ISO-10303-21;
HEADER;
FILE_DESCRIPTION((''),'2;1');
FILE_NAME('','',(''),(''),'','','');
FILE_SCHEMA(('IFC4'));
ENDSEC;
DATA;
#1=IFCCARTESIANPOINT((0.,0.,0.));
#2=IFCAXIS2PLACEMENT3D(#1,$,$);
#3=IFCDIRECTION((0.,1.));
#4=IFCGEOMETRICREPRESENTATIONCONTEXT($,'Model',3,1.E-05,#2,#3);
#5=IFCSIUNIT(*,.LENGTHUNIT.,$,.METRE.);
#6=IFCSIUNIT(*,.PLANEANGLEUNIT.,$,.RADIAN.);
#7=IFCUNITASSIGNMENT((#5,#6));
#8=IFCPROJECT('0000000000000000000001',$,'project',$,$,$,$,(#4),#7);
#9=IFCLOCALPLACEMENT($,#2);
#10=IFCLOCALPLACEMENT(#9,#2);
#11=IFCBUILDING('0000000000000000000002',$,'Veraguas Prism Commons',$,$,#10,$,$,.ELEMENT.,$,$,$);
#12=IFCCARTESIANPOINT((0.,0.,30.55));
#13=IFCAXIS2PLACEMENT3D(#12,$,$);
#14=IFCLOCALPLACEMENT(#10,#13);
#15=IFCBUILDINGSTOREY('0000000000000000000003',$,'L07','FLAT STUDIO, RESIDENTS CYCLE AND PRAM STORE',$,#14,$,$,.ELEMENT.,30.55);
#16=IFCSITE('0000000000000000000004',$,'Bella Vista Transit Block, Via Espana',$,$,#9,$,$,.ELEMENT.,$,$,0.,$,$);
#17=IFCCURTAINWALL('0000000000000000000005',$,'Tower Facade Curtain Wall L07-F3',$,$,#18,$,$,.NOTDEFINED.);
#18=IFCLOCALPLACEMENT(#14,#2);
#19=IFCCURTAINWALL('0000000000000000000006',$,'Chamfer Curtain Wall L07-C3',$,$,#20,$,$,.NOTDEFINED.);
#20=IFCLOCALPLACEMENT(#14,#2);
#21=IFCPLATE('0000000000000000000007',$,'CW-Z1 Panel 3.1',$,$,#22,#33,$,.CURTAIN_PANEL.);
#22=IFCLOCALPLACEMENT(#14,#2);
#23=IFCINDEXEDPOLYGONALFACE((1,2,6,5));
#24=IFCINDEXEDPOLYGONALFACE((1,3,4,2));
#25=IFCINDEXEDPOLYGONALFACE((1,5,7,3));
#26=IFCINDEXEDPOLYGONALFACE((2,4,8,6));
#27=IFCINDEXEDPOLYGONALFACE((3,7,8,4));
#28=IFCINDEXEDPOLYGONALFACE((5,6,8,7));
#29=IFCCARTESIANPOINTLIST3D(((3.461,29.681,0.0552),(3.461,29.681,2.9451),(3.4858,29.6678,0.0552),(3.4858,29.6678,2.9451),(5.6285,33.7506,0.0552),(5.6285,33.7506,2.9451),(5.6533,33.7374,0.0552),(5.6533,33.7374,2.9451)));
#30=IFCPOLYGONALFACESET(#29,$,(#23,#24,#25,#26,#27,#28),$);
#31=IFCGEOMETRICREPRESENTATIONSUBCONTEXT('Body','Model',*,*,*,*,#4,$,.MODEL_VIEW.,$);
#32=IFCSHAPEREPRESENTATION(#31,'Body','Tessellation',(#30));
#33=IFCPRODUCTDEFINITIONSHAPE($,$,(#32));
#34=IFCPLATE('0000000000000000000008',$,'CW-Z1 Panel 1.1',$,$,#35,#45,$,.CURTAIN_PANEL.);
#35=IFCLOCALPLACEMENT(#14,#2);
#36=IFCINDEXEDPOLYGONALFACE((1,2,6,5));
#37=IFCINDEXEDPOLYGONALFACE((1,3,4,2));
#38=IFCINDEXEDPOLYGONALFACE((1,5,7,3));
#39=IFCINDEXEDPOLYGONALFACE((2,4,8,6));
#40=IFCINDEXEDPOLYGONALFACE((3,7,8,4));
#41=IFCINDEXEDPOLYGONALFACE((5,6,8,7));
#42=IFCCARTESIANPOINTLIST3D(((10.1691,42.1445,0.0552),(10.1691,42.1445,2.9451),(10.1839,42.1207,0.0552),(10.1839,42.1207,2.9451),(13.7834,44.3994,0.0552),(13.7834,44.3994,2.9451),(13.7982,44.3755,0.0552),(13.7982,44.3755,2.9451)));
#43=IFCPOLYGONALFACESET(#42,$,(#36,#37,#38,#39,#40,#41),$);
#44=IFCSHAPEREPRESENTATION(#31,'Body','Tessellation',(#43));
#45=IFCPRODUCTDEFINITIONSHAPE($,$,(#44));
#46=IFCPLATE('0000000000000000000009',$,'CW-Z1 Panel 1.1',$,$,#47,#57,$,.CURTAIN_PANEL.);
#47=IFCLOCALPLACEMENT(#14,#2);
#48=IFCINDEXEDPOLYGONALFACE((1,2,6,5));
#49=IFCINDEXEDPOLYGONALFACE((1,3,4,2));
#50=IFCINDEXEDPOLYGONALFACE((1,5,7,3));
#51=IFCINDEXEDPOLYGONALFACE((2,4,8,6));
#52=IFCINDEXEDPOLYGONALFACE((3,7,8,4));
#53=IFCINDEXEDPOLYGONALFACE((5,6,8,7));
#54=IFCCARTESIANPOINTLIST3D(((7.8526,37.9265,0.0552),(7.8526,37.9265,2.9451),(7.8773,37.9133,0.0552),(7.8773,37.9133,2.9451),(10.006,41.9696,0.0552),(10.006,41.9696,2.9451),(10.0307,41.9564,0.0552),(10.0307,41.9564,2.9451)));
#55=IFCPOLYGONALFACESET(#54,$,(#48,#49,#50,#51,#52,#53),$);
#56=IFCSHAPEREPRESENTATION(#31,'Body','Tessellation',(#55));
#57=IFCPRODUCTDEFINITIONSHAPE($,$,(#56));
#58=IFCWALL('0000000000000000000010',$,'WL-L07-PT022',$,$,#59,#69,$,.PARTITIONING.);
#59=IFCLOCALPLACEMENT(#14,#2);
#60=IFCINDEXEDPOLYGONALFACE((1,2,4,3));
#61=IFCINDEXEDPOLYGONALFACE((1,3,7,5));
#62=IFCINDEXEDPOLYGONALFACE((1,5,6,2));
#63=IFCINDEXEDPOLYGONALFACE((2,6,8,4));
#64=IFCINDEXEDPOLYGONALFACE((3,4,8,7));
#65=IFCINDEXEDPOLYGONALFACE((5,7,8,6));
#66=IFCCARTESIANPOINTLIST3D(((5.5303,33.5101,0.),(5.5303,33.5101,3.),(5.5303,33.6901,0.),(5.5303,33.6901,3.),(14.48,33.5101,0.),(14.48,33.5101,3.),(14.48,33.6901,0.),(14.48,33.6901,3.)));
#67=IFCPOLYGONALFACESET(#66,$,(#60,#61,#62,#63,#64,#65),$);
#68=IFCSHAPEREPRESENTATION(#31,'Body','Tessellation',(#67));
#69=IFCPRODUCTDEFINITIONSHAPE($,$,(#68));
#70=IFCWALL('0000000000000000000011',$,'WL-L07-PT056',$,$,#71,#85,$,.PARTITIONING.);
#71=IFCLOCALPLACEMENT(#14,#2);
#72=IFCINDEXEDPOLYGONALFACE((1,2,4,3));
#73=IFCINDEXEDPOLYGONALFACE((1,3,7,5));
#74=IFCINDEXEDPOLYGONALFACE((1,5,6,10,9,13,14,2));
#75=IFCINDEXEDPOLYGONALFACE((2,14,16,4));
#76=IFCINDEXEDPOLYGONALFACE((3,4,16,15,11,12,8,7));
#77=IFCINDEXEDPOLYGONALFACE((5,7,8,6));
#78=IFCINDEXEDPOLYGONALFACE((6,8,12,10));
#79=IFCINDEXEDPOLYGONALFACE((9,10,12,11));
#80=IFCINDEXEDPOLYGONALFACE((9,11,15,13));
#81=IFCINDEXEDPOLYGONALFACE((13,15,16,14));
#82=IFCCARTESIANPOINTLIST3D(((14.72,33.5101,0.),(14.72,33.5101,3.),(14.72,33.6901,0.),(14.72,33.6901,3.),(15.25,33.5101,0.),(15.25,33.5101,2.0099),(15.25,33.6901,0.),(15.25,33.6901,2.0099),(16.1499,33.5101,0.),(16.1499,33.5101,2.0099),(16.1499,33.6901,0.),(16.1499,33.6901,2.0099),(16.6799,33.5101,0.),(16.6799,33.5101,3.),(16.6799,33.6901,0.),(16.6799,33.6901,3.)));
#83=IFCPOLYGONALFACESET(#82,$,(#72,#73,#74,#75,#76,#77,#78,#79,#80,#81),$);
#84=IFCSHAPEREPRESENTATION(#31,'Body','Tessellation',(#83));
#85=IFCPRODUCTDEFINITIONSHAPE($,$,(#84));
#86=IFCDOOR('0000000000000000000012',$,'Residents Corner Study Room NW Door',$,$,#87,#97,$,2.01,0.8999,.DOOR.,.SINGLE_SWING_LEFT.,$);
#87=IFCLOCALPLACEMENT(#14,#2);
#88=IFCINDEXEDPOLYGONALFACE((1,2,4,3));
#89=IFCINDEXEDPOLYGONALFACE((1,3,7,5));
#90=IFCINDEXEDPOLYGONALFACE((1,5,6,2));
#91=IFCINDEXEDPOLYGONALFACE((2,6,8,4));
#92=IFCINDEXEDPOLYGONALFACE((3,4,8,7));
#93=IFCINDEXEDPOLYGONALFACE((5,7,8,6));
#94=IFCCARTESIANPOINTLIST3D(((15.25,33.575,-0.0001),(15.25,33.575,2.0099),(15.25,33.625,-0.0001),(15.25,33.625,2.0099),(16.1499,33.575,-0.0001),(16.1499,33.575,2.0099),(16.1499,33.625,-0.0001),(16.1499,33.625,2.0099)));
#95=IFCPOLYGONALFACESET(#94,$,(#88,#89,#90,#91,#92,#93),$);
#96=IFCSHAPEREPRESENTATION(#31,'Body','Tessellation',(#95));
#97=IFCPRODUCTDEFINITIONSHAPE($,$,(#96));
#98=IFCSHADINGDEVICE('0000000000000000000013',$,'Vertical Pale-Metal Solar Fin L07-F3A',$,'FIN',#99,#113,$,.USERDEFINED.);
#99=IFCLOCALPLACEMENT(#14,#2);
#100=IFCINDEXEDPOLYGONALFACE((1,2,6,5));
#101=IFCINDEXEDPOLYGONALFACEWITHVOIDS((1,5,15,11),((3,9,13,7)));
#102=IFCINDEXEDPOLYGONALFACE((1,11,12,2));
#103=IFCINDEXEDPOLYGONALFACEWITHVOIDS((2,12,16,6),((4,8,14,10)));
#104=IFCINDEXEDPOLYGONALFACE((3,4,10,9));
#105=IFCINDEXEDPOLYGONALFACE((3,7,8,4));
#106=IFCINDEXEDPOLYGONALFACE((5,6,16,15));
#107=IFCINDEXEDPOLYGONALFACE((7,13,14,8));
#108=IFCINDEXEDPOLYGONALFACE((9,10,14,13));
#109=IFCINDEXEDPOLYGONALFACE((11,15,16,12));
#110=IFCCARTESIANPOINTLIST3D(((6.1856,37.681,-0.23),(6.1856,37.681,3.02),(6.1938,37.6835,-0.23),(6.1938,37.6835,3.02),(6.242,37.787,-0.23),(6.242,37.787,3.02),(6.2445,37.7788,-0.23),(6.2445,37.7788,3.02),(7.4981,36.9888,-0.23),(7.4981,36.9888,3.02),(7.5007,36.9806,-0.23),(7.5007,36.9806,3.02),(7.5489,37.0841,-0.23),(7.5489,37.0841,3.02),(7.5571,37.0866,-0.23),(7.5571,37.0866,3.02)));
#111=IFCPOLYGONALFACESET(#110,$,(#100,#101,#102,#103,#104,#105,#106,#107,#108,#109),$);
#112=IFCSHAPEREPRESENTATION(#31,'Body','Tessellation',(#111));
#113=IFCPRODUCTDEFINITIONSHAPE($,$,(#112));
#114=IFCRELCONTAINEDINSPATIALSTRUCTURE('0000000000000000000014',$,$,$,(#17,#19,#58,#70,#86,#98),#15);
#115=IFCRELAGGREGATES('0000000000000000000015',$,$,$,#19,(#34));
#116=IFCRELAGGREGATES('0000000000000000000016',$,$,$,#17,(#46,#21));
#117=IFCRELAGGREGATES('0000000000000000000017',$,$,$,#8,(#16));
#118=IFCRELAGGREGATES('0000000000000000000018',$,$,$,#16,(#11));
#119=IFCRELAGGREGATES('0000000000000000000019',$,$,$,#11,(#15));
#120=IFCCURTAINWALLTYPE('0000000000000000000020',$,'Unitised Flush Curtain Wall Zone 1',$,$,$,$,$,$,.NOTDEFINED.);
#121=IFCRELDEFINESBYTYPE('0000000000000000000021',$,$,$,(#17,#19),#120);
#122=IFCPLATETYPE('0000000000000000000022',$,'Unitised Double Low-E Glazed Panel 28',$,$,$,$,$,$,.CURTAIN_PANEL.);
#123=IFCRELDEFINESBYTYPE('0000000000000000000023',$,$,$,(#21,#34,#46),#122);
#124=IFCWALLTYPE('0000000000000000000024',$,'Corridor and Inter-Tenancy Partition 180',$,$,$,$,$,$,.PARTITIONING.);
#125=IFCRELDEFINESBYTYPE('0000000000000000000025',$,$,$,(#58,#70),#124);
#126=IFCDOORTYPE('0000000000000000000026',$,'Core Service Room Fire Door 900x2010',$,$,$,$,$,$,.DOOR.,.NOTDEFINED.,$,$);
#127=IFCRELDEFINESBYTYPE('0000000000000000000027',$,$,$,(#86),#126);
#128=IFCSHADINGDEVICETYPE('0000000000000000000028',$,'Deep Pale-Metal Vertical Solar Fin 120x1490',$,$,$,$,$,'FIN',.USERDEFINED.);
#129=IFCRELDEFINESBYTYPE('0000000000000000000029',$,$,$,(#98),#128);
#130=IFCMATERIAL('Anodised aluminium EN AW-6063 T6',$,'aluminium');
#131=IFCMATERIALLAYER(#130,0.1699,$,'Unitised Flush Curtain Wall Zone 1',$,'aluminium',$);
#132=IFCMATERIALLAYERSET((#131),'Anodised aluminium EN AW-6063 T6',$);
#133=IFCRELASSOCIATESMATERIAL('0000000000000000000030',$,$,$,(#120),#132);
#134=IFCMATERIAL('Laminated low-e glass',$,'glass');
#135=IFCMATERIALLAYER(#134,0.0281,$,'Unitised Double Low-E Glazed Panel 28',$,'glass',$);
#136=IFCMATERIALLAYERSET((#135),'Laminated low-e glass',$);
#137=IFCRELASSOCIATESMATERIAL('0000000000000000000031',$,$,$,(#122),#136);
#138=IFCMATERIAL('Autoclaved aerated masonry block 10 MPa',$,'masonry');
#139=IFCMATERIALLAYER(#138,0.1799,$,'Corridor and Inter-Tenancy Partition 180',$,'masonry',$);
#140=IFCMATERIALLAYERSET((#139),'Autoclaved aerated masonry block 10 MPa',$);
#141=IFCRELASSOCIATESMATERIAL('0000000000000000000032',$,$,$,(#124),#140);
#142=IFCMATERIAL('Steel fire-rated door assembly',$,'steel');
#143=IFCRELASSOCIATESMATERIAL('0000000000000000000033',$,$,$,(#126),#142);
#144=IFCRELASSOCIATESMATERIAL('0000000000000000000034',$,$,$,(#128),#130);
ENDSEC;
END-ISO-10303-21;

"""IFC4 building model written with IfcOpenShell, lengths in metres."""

from ifc_helpers import new_model, si_unit, direction, frame, frame_2d, origin, origin_2d, place, context, subcontext, project, spatial, rectangle, hollow_rectangle, extrude, source, transform, mapped, material, layer, layer_set, material_profile, profile_set, type_object, element, fill, aggregate, save


model = new_model("IFC4")

# Units and contexts
model_context = context("Model", 3, precision=1e-05, world=origin(), true_north=direction((0.0, 1.0)))
body_context = subcontext(model_context, "Body", "Model", "MODEL_VIEW")
ifc_project = project(units=[si_unit("LENGTHUNIT", "METRE"), si_unit("PLANEANGLEUNIT", "RADIAN")], contexts=[model_context])

# Site, building, storey
site_placement = place(None, origin())
site = spatial("IfcSite", under=ifc_project, at=site_placement, Name="Bella Vista Transit Block, Via Espana", CompositionType="ELEMENT", RefElevation=0.0)
building_placement = place(site_placement, origin())
building = spatial("IfcBuilding", under=site, at=building_placement, Name="Veraguas Prism Commons", CompositionType="ELEMENT")
storey_placement = place(building_placement, frame((0.0, 0.0, 30.55)))
storey = spatial("IfcBuildingStorey", under=building, at=storey_placement, Name="L07", Description="FLAT STUDIO, RESIDENTS CYCLE AND PRAM STORE", CompositionType="ELEMENT", Elevation=30.55)

# Curtain wall
ifc_material_1 = material(Name="Anodised aluminium EN AW-6063 T6", Category="aluminium")
ifc_layer_1 = layer(ifc_material_1, 0.1699, Name="Unitised Flush Curtain Wall Zone 1", Category="aluminium")
ifc_layer_set_1 = layer_set([ifc_layer_1], Name="Anodised aluminium EN AW-6063 T6")
curtain_wall_type = type_object("IfcCurtainWallType", Name="Unitised Flush Curtain Wall Zone 1", PredefinedType="NOTDEFINED", material=ifc_layer_set_1)
curtain_wall_1_placement = place(storey_placement, origin())
curtain_wall_1 = element("IfcCurtainWall", 1, at=curtain_wall_1_placement, inside=storey, type_object=curtain_wall_type, Name="Tower Facade Curtain Wall L07-F3", PredefinedType="NOTDEFINED")

# Curtain wall
curtain_wall_2_placement = place(storey_placement, origin())
curtain_wall_2 = element("IfcCurtainWall", 2, at=curtain_wall_2_placement, inside=storey, type_object=curtain_wall_type, Name="Chamfer Curtain Wall L07-C3", PredefinedType="NOTDEFINED")

# Plates
ifc_material_2 = material(Name="Laminated low-e glass", Category="glass")
ifc_layer_2 = layer(ifc_material_2, 0.0281, Name="Unitised Double Low-E Glazed Panel 28", Category="glass")
ifc_layer_set_2 = layer_set([ifc_layer_2], Name="Laminated low-e glass")
plate_type = type_object("IfcPlateType", Name="Unitised Double Low-E Glazed Panel 28", PredefinedType="CURTAIN_PANEL", material=ifc_layer_set_2)
shared_shape_1 = source(origin(), body_context, "Body", "SweptSolid", [
    extrude(rectangle(XDim=4.6108, YDim=0.0281, at=origin_2d()), origin(), (0.0, 0.0, 1.0), 2.8899),
])
plate_1_placement = place(storey_placement, frame((4.5571, 31.7092, 0.0552), z_axis=(0.0, 0.0, 1.0), x_axis=(-0.470089, -0.882619, 0.0)))
plate_1 = element("IfcPlate", 3, at=plate_1_placement, type_object=plate_type, Name="CW-Z1 Panel 3.1", PredefinedType="CURTAIN_PANEL", context=body_context, shape_type="MappedRepresentation", body=[
    mapped(shared_shape_1, transform((0.0, 0.0, 0.0), scale=1.0)),
])
shared_shape_2 = source(origin(), body_context, "Body", "SweptSolid", [
    extrude(rectangle(XDim=4.26, YDim=0.0281, at=origin_2d()), origin(), (0.0, 0.0, 1.0), 2.8899),
])
plate_2_placement = place(storey_placement, frame((11.9836, 43.26, 0.0552), z_axis=(0.0, 0.0, 1.0), x_axis=(-0.848425, -0.529315, 0.0)))
plate_2 = element("IfcPlate", 4, at=plate_2_placement, type_object=plate_type, Name="CW-Z1 Panel 1.1", PredefinedType="CURTAIN_PANEL", context=body_context, shape_type="MappedRepresentation", body=[
    mapped(shared_shape_2, transform((0.0, 0.0, 0.0), scale=1.0)),
])
aggregate(curtain_wall_2, [plate_2])
shared_shape_3 = source(origin(), body_context, "Body", "SweptSolid", [
    extrude(rectangle(XDim=4.5808, YDim=0.0281, at=origin_2d()), origin(), (0.0, 0.0, 1.0), 2.8899),
])
plate_3_placement = place(storey_placement, frame((8.9417, 39.9414, 0.0552), z_axis=(0.0, 0.0, 1.0), x_axis=(-0.470089, -0.882619, 0.0)))
plate_3 = element("IfcPlate", 5, at=plate_3_placement, type_object=plate_type, Name="CW-Z1 Panel 1.1", PredefinedType="CURTAIN_PANEL", context=body_context, shape_type="MappedRepresentation", body=[
    mapped(shared_shape_3, transform((0.0, 0.0, 0.0), scale=1.0)),
])
aggregate(curtain_wall_1, [plate_3, plate_1])

# Wall
ifc_material_3 = material(Name="Autoclaved aerated masonry block 10 MPa", Category="masonry")
ifc_layer_3 = layer(ifc_material_3, 0.1799, Name="Corridor and Inter-Tenancy Partition 180", Category="masonry")
ifc_layer_set_3 = layer_set([ifc_layer_3], Name="Autoclaved aerated masonry block 10 MPa")
wall_type = type_object("IfcWallType", Name="Corridor and Inter-Tenancy Partition 180", PredefinedType="PARTITIONING", material=ifc_layer_set_3)
wall_1_placement = place(storey_placement, frame((14.48, 33.6001, 0.0), z_axis=(0.0, 0.0, 1.0), x_axis=(-1.0, 0.0, 0.0)))
element("IfcWall", 6, at=wall_1_placement, inside=storey, type_object=wall_type, Name="WL-L07-PT022", PredefinedType="PARTITIONING", context=body_context, shape_type="SweptSolid", body=[
    extrude(rectangle(XDim=8.9497, YDim=0.1799, at=frame_2d((4.4749, 0.0))), origin(), (0.0, 0.0, 1.0), 3.0),
])

# Wall, opening, door
wall_2_placement = place(storey_placement, frame((14.72, 33.6001, 0.0), z_axis=(0.0, 0.0, 1.0), x_axis=(1.0, 0.0, 0.0)))
wall_2 = element("IfcWall", 7, at=wall_2_placement, inside=storey, type_object=wall_type, Name="WL-L07-PT056", PredefinedType="PARTITIONING", context=body_context, shape_type="SweptSolid", body=[
    extrude(rectangle(XDim=1.96, YDim=0.1799, at=frame_2d((0.98, 0.0))), origin(), (0.0, 0.0, 1.0), 3.0),
])
opening_placement = place(wall_2_placement, frame((0.53, 0.0, 0.0)))
opening = element("IfcOpeningElement", 8, at=opening_placement, cuts=wall_2, PredefinedType="OPENING", context=body_context, shape_type="SweptSolid", body=[
    extrude(rectangle(XDim=0.8999, YDim=2.01, at=frame_2d((0.45, 1.0049))), frame((0.0, 0.0999, 0.0), z_axis=(0.0, -1.0, 0.0), x_axis=(1.0, 0.0, 0.0)), (0.0, 0.0, 1.0), 0.2),
])
ifc_material_4 = material(Name="Steel fire-rated door assembly", Category="steel")
door_type = type_object("IfcDoorType", Name="Core Service Room Fire Door 900x2010", OperationType="NOTDEFINED", PredefinedType="DOOR", material=ifc_material_4)
shared_shape_4 = source(origin(), body_context, "Body", "SweptSolid", [
    extrude(rectangle(XDim=0.8999, YDim=2.01, at=frame_2d((0.45, 1.0049))), frame((0.0, 0.0249, 0.0), z_axis=(0.0, -1.0, 0.0), x_axis=(1.0, 0.0, 0.0)), (0.0, 0.0, 1.0), 0.05),
])
door_placement = place(opening_placement, origin())
door = element("IfcDoor", 9, at=door_placement, inside=storey, type_object=door_type, Name="Residents Corner Study Room NW Door", OperationType="SINGLE_SWING_LEFT", OverallHeight=2.01, OverallWidth=0.8999, PredefinedType="DOOR", context=body_context, shape_type="MappedRepresentation", body=[
    mapped(shared_shape_4, transform((0.0, 0.0, 0.0), scale=1.0)),
])
fill(opening, door)

# Shading device
ifc_material_profile_1 = material_profile(ifc_material_1, hollow_rectangle(XDim=0.1201, YDim=1.49, WallThickness=0.0061, at=origin_2d()), Name="FIN120X1490X6")
ifc_profile_set_1 = profile_set([ifc_material_profile_1], Name="Anodised aluminium EN AW-6063 T6")
shading_device_type = type_object("IfcShadingDeviceType", Name="Deep Pale-Metal Vertical Solar Fin 120x1490", ElementType="FIN", PredefinedType="USERDEFINED", material=ifc_profile_set_1)
shading_device_placement = place(storey_placement, frame((6.8713, 37.3838, -0.23), z_axis=(0.0, 0.0, 1.0), x_axis=(-0.470086, -0.88262, 0.0)))
element("IfcShadingDevice", 10, at=shading_device_placement, inside=storey, type_object=shading_device_type, Name="Vertical Pale-Metal Solar Fin L07-F3A", ObjectType="FIN", PredefinedType="USERDEFINED", context=body_context, shape_type="SweptSolid", body=[
    extrude(hollow_rectangle(XDim=0.1201, YDim=1.49, WallThickness=0.0061, at=origin_2d()), origin(), (0.0, 0.0, 1.0), 3.25),
])

save(model, "model.ifc")
